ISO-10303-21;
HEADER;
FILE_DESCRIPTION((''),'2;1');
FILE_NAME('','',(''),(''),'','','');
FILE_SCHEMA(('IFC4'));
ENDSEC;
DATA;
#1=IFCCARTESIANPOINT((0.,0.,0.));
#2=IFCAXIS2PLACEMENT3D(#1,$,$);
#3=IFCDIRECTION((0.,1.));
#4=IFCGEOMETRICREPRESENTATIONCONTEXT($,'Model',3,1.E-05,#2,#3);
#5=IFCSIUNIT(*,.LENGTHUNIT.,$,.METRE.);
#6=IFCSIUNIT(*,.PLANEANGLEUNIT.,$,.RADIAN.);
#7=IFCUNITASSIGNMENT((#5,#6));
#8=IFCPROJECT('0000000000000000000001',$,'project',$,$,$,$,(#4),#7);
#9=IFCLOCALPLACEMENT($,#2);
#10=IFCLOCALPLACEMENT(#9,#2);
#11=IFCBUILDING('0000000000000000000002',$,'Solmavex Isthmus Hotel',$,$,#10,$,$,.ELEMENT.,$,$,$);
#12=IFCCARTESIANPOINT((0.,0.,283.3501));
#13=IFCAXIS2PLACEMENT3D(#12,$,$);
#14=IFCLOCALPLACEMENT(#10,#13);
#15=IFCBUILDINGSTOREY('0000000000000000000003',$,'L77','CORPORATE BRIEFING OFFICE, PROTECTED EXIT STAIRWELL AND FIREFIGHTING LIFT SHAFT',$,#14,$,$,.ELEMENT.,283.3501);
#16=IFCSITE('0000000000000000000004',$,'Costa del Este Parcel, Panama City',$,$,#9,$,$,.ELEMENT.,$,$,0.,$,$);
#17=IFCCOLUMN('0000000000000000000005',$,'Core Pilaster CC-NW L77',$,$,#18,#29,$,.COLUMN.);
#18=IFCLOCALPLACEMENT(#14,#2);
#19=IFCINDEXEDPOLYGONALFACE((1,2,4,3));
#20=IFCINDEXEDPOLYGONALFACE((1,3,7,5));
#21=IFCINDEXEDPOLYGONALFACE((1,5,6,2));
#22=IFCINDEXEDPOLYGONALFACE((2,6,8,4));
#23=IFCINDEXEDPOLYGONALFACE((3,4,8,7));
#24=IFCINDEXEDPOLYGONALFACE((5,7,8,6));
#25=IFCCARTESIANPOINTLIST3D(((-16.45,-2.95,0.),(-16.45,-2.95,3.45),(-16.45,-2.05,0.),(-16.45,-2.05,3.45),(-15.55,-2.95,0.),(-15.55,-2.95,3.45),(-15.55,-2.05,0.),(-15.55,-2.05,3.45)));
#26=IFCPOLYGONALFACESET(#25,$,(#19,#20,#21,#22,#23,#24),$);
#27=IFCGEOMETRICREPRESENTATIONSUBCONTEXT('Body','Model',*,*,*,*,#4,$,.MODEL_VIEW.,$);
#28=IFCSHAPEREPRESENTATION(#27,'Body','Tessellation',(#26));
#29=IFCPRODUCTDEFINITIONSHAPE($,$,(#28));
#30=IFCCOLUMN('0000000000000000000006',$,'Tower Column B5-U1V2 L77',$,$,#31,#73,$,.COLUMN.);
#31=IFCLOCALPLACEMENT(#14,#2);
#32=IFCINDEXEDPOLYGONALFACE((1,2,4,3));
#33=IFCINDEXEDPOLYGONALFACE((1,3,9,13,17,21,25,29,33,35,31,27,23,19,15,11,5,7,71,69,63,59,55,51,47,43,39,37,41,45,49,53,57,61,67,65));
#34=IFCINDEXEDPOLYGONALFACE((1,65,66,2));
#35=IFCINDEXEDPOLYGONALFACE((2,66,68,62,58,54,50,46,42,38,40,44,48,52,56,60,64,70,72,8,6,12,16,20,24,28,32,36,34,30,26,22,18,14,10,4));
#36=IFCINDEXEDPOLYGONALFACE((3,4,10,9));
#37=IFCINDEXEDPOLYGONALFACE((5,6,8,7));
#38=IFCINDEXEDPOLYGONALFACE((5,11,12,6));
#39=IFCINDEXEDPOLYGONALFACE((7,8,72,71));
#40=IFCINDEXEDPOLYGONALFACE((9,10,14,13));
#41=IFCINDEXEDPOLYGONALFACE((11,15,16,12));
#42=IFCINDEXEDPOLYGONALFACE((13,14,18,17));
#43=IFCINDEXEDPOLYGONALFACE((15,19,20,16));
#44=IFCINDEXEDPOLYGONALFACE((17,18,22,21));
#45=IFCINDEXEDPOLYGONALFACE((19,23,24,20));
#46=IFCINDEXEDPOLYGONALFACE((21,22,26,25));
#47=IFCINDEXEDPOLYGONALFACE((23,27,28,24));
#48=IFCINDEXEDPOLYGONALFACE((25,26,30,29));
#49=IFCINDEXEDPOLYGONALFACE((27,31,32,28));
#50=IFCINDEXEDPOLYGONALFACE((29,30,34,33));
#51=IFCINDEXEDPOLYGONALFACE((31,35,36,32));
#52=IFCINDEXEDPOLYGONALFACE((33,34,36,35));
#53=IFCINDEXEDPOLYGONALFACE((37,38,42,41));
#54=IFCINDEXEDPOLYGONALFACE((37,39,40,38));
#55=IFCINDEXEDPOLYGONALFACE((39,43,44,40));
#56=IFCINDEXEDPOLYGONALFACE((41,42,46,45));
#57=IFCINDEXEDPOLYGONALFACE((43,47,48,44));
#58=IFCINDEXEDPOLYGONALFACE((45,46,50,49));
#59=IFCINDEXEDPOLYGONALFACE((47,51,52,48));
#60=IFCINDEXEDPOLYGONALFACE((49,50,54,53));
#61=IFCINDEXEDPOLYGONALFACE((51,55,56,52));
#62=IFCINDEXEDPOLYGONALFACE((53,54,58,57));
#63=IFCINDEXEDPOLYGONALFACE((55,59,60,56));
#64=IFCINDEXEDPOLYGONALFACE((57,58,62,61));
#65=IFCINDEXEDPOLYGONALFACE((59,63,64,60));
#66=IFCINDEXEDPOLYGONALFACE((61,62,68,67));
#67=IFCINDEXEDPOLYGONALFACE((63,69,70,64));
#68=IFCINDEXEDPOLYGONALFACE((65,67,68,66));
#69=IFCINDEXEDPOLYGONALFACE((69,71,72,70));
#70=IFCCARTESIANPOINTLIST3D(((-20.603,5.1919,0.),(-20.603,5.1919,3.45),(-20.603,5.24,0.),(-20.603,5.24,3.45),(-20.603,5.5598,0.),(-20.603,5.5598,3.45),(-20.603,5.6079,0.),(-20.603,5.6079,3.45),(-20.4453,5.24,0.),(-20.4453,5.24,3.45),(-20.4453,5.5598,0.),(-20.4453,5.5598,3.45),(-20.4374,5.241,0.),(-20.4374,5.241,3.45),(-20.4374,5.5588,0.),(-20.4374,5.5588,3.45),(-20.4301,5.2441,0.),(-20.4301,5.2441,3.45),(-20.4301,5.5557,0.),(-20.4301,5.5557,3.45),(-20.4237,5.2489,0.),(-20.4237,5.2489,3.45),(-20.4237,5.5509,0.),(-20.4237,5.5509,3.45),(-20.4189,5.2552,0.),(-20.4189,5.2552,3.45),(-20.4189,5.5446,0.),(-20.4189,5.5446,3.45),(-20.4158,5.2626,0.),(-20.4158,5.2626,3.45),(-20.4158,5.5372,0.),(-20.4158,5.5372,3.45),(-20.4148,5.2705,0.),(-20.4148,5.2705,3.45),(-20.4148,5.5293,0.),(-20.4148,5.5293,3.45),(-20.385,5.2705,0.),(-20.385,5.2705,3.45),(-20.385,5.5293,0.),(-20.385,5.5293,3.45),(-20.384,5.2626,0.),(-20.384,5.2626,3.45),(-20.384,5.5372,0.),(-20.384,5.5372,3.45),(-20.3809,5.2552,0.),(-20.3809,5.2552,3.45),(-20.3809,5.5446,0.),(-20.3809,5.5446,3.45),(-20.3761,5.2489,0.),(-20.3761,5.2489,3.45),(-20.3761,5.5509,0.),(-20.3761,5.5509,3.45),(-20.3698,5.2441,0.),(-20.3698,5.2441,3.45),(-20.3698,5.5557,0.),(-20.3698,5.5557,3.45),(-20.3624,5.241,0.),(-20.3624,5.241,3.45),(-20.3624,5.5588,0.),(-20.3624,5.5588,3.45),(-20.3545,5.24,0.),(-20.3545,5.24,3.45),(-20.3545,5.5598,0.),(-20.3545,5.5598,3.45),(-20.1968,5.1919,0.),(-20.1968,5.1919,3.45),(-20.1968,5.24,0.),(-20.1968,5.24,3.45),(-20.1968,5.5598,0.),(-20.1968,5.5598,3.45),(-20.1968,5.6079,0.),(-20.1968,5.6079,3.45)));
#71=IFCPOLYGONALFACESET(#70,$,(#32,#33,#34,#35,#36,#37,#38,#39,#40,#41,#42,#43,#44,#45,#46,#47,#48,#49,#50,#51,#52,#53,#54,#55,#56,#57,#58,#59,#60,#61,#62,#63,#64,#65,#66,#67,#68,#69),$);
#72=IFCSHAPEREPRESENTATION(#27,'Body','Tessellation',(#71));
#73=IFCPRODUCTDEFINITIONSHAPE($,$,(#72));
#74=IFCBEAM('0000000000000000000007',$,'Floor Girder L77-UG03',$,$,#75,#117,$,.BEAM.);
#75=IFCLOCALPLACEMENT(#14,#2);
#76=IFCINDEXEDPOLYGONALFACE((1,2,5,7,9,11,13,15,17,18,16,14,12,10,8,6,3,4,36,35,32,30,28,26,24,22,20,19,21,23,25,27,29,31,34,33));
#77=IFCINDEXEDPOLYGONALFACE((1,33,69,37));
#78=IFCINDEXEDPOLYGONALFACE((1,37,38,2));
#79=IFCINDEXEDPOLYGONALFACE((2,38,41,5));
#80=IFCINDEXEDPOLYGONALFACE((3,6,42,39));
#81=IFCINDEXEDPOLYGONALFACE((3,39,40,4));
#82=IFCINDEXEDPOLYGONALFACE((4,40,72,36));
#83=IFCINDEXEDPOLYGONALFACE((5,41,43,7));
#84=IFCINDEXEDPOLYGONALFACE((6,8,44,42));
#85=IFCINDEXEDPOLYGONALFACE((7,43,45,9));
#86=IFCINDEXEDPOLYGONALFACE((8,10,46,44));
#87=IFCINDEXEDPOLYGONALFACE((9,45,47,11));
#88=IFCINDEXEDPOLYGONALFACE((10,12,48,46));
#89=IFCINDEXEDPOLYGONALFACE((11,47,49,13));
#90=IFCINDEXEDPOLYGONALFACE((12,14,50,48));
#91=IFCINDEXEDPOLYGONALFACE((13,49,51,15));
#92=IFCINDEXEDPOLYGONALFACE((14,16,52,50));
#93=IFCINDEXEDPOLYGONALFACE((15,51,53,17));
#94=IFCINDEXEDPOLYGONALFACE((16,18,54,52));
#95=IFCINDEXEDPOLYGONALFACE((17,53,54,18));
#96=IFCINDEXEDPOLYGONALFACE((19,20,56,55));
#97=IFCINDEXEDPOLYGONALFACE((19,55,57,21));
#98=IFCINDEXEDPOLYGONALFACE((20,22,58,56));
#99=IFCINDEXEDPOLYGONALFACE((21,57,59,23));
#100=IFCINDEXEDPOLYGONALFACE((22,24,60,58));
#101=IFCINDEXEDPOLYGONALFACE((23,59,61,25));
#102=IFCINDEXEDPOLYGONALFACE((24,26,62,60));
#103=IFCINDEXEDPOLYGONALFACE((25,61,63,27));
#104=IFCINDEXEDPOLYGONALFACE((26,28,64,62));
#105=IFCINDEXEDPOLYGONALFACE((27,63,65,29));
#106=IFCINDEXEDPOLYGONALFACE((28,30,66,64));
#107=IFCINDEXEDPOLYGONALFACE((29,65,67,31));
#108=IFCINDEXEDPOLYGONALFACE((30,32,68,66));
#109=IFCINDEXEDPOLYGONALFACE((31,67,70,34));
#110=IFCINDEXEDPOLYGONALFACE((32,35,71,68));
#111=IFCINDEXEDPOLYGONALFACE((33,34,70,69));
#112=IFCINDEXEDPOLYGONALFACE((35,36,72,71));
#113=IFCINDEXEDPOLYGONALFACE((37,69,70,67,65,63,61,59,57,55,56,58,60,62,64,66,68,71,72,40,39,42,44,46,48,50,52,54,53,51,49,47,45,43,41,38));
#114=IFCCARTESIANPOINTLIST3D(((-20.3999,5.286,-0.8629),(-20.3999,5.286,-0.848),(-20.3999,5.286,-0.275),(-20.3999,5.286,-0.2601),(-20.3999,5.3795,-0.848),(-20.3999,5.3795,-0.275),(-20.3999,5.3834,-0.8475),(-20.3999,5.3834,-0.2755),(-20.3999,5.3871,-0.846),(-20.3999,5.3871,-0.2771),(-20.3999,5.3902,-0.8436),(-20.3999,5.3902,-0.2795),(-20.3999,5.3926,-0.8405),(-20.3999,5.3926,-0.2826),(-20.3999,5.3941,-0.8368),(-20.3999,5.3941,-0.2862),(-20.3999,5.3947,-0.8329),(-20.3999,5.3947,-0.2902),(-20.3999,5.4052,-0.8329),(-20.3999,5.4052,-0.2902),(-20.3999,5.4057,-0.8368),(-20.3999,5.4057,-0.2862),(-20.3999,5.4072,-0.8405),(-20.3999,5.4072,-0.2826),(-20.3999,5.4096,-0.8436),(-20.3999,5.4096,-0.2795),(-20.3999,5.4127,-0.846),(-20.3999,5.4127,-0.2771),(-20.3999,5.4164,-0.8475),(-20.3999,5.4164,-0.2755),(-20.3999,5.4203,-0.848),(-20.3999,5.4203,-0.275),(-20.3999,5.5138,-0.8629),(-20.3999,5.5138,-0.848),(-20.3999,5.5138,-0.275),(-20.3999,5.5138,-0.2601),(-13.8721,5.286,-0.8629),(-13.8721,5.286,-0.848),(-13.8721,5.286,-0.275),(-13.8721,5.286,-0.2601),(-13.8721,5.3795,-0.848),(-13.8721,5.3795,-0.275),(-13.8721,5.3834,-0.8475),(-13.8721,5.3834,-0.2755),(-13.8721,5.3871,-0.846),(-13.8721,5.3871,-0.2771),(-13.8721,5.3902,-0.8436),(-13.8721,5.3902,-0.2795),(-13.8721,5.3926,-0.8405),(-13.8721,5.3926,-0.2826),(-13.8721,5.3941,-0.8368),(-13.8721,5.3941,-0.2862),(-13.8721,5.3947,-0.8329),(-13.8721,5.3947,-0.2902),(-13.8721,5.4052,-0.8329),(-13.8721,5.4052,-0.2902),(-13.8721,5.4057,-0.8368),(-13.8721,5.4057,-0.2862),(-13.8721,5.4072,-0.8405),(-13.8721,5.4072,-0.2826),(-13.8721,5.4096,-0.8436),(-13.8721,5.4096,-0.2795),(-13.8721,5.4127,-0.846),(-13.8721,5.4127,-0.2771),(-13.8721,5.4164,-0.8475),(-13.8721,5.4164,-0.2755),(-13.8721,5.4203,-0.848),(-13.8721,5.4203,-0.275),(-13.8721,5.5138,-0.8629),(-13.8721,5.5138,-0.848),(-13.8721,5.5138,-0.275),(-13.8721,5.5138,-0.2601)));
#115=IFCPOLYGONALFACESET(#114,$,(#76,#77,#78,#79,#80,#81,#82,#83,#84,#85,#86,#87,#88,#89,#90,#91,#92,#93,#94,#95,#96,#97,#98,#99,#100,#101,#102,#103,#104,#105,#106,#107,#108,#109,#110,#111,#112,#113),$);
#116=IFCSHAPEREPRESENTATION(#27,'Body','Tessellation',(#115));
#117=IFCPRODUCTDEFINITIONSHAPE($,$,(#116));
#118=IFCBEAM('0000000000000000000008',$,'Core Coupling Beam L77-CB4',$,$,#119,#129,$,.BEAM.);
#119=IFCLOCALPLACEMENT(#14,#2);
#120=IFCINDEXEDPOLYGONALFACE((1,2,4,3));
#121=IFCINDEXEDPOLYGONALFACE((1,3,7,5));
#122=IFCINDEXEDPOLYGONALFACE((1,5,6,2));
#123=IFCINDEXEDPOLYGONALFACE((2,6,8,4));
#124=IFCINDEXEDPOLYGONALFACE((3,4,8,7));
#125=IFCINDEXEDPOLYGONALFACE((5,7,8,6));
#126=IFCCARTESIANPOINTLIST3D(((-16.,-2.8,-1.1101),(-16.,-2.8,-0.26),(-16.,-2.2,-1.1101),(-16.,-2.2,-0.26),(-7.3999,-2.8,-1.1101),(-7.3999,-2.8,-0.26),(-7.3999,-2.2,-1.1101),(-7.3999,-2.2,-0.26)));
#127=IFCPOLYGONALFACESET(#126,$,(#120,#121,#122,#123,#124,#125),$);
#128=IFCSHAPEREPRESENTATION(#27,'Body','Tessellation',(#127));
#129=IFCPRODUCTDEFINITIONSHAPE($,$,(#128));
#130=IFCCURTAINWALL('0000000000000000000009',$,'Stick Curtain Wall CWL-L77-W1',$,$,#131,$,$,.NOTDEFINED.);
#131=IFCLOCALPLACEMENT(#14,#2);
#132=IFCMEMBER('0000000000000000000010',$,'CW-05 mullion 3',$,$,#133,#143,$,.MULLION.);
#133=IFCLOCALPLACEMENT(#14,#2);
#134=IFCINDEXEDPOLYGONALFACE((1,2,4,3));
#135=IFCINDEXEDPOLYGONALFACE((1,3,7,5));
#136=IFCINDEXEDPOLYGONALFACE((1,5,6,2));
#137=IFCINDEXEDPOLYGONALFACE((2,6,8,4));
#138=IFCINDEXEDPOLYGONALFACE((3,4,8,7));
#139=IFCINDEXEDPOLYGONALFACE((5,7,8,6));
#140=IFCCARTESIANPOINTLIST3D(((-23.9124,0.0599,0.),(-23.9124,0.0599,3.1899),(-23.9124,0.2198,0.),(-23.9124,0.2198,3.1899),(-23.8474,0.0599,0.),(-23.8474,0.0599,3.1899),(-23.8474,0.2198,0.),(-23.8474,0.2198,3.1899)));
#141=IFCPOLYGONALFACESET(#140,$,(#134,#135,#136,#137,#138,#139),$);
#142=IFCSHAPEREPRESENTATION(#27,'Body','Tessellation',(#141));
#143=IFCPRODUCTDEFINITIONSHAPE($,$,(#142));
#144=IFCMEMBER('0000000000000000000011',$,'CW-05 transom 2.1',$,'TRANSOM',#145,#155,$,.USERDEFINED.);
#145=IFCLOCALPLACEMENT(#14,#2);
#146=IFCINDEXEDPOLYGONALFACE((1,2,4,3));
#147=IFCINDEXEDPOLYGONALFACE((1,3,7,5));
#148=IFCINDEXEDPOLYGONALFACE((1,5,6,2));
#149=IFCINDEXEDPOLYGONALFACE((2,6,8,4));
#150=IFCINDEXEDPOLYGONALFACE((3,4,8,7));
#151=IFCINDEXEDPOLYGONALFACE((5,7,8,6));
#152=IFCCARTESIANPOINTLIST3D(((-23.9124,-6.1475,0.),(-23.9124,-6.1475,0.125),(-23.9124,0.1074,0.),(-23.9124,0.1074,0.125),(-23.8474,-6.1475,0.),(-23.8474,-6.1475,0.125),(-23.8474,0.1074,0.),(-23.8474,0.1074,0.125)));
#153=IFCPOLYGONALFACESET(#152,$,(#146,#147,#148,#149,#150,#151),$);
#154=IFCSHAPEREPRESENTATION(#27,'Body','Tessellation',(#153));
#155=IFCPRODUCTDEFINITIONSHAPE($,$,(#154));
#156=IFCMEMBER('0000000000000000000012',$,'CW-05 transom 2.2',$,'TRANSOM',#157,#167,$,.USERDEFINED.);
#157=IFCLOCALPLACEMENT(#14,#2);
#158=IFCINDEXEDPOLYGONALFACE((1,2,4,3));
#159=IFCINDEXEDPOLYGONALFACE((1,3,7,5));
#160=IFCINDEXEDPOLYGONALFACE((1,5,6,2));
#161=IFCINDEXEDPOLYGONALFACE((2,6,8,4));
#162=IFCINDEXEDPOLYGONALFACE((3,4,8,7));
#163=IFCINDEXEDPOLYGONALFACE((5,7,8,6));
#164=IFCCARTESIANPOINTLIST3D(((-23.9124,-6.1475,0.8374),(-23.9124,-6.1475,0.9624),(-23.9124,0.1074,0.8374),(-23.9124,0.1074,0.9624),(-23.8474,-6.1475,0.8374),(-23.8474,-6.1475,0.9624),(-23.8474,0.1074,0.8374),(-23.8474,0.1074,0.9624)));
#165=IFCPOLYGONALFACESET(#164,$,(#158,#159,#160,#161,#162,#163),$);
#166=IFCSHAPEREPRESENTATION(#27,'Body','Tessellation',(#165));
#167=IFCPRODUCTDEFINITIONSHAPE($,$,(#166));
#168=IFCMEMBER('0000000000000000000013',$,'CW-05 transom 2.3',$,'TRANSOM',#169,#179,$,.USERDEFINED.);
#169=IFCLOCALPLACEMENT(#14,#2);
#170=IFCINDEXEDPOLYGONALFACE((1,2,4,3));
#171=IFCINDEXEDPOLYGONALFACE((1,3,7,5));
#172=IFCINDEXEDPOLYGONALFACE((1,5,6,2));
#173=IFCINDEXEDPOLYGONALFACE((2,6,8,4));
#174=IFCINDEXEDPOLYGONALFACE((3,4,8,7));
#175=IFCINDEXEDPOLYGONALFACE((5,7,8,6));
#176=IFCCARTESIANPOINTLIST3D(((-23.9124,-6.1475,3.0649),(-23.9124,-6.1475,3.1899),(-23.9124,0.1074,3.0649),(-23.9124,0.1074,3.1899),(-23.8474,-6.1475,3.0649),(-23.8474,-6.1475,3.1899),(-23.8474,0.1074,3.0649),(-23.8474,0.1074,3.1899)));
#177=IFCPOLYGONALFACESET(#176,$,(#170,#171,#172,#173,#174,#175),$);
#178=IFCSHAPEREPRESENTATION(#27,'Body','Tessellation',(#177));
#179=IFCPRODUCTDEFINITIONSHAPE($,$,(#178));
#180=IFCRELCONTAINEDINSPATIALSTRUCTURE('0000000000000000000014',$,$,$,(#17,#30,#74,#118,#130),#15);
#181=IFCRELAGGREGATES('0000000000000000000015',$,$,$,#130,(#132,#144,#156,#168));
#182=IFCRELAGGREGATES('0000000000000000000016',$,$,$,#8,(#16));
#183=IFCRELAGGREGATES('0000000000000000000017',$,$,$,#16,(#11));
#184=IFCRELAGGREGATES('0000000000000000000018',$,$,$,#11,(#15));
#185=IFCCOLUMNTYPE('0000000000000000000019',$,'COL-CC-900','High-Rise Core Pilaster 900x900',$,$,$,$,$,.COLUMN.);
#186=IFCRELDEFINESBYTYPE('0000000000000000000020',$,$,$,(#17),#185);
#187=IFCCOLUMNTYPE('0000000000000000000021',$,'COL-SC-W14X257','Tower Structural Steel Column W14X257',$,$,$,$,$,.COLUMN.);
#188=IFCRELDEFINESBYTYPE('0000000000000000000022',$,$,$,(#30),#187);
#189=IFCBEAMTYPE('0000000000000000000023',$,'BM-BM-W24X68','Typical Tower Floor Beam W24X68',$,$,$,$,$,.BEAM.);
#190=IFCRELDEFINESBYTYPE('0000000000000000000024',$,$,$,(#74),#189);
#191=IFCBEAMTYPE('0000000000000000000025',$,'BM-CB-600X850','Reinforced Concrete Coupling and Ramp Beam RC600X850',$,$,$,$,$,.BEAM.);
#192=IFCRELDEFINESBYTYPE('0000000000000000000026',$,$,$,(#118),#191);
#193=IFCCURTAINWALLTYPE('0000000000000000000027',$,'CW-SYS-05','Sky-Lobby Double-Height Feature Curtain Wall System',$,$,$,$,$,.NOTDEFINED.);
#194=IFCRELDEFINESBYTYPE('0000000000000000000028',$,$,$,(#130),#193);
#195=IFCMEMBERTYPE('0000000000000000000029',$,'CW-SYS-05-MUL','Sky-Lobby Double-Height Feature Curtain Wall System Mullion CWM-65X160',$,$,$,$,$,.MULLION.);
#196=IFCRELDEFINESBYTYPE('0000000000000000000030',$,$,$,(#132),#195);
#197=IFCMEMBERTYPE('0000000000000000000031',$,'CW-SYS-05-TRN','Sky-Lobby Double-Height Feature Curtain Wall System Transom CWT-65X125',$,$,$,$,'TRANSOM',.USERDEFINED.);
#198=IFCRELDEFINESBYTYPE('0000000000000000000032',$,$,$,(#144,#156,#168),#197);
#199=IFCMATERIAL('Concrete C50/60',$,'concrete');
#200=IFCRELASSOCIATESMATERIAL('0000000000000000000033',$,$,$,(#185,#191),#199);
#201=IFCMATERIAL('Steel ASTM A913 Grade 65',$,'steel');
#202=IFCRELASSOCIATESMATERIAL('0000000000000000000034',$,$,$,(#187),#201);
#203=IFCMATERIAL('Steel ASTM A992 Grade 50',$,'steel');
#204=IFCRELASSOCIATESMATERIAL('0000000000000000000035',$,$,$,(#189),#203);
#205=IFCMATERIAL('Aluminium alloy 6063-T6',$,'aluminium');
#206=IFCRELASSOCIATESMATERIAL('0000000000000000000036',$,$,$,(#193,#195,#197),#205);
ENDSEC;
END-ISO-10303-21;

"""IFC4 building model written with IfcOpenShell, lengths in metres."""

from ifc_helpers import new_model, si_unit, direction, frame, origin, origin_2d, place, context, subcontext, project, spatial, rectangle, i_section, extrude, material, material_profile, profile_set, type_object, element, aggregate, save


model = new_model("IFC4")

# Units and contexts
model_context = context("Model", 3, precision=1e-05, world=origin(), true_north=direction((0.0, 1.0)))
body_context = subcontext(model_context, "Body", "Model", "MODEL_VIEW")
ifc_project = project(units=[si_unit("LENGTHUNIT", "METRE"), si_unit("PLANEANGLEUNIT", "RADIAN")], contexts=[model_context])

# Site, building, storey
site_placement = place(None, origin())
site = spatial("IfcSite", under=ifc_project, at=site_placement, Name="Costa del Este Parcel, Panama City", CompositionType="ELEMENT", RefElevation=0.0)
building_placement = place(site_placement, origin())
building = spatial("IfcBuilding", under=site, at=building_placement, Name="Solmavex Isthmus Hotel", CompositionType="ELEMENT")
storey_placement = place(building_placement, frame((0.0, 0.0, 283.3501)))
storey = spatial("IfcBuildingStorey", under=building, at=storey_placement, Name="L77", Description="CORPORATE BRIEFING OFFICE, PROTECTED EXIT STAIRWELL AND FIREFIGHTING LIFT SHAFT", CompositionType="ELEMENT", Elevation=283.3501)

# Columns
ifc_material_1 = material(Name="Concrete C50/60", Category="concrete")
ifc_material_profile_1 = material_profile(ifc_material_1, rectangle(XDim=0.8999, YDim=0.8999, at=origin_2d()), Name="RC900X900")
ifc_profile_set_1 = profile_set([ifc_material_profile_1], Name="Concrete C50/60")
column_type_1 = type_object("IfcColumnType", Name="COL-CC-900", Description="High-Rise Core Pilaster 900x900", PredefinedType="COLUMN", material=ifc_profile_set_1)
column_1_placement = place(storey_placement, frame((-16.0, -2.5, 0.0), z_axis=(0.0, 0.0, 1.0), x_axis=(1.0, 0.0, 0.0)))
element("IfcColumn", 1, at=column_1_placement, inside=storey, type_object=column_type_1, Name="Core Pilaster CC-NW L77", PredefinedType="COLUMN", context=body_context, shape_type="SweptSolid", body=[
    extrude(rectangle(XDim=0.8999, YDim=0.8999, at=origin_2d()), origin(), (0.0, 0.0, 1.0), 3.45),
])
ifc_material_2 = material(Name="Steel ASTM A913 Grade 65", Category="steel")
ifc_material_profile_2 = material_profile(ifc_material_2, i_section(OverallWidth=0.4062, OverallDepth=0.416, WebThickness=0.0298, FlangeThickness=0.0481, FilletRadius=0.0305, at=origin_2d()), Name="W14X257")
ifc_profile_set_2 = profile_set([ifc_material_profile_2], Name="Steel ASTM A913 Grade 65")
column_type_2 = type_object("IfcColumnType", Name="COL-SC-W14X257", Description="Tower Structural Steel Column W14X257", PredefinedType="COLUMN", material=ifc_profile_set_2)
column_2_placement = place(storey_placement, frame((-20.3999, 5.3999, 0.0), z_axis=(0.0, 0.0, 1.0), x_axis=(1.0, 0.0, 0.0)))
element("IfcColumn", 2, at=column_2_placement, inside=storey, type_object=column_type_2, Name="Tower Column B5-U1V2 L77", PredefinedType="COLUMN", context=body_context, shape_type="SweptSolid", body=[
    extrude(i_section(OverallWidth=0.4062, OverallDepth=0.416, WebThickness=0.0298, FlangeThickness=0.0481, FilletRadius=0.0305, at=origin_2d()), origin(), (0.0, 0.0, 1.0), 3.45),
])

# Beams
ifc_material_3 = material(Name="Steel ASTM A992 Grade 50", Category="steel")
ifc_material_profile_3 = material_profile(ifc_material_3, i_section(OverallWidth=0.2278, OverallDepth=0.6028, WebThickness=0.0105, FlangeThickness=0.0149, FilletRadius=0.0151, at=origin_2d()), Name="W24X68")
ifc_profile_set_3 = profile_set([ifc_material_profile_3], Name="Steel ASTM A992 Grade 50")
beam_type_1 = type_object("IfcBeamType", Name="BM-BM-W24X68", Description="Typical Tower Floor Beam W24X68", PredefinedType="BEAM", material=ifc_profile_set_3)
beam_1_placement = place(storey_placement, frame((-20.3999, 5.3999, -0.5615), z_axis=(1.0, 0.0, 0.0), x_axis=(0.0, 1.0, 0.0)))
element("IfcBeam", 3, at=beam_1_placement, inside=storey, type_object=beam_type_1, Name="Floor Girder L77-UG03", PredefinedType="BEAM", context=body_context, shape_type="SweptSolid", body=[
    extrude(i_section(OverallWidth=0.2278, OverallDepth=0.6028, WebThickness=0.0105, FlangeThickness=0.0149, FilletRadius=0.0151, at=origin_2d()), origin(), (0.0, 0.0, 1.0), 6.5278),
])
ifc_material_profile_4 = material_profile(ifc_material_1, rectangle(XDim=0.6001, YDim=0.8501, at=origin_2d()), Name="RC600X850")
ifc_profile_set_4 = profile_set([ifc_material_profile_4], Name="Concrete C50/60")
beam_type_2 = type_object("IfcBeamType", Name="BM-CB-600X850", Description="Reinforced Concrete Coupling and Ramp Beam RC600X850", PredefinedType="BEAM", material=ifc_profile_set_4)
beam_2_placement = place(storey_placement, frame((-16.0, -2.5, -0.6851), z_axis=(1.0, 0.0, 0.0), x_axis=(0.0, 1.0, 0.0)))
element("IfcBeam", 4, at=beam_2_placement, inside=storey, type_object=beam_type_2, Name="Core Coupling Beam L77-CB4", PredefinedType="BEAM", context=body_context, shape_type="SweptSolid", body=[
    extrude(rectangle(XDim=0.6001, YDim=0.8501, at=origin_2d()), origin(), (0.0, 0.0, 1.0), 8.6001),
])

# Curtain wall, members
ifc_material_4 = material(Name="Aluminium alloy 6063-T6", Category="aluminium")
curtain_wall_type = type_object("IfcCurtainWallType", Name="CW-SYS-05", Description="Sky-Lobby Double-Height Feature Curtain Wall System", PredefinedType="NOTDEFINED", material=ifc_material_4)
curtain_wall_placement = place(storey_placement, origin())
curtain_wall = element("IfcCurtainWall", 5, at=curtain_wall_placement, inside=storey, type_object=curtain_wall_type, Name="Stick Curtain Wall CWL-L77-W1", PredefinedType="NOTDEFINED")
ifc_material_profile_5 = material_profile(ifc_material_4, rectangle(XDim=0.0649, YDim=0.1599, at=origin_2d()), Name="CWM-65X160")
ifc_profile_set_5 = profile_set([ifc_material_profile_5], Name="Aluminium alloy 6063-T6")
member_type_1 = type_object("IfcMemberType", Name="CW-SYS-05-MUL", Description="Sky-Lobby Double-Height Feature Curtain Wall System Mullion CWM-65X160", PredefinedType="MULLION", material=ifc_profile_set_5)
member_1_placement = place(storey_placement, frame((-23.8799, 0.1399, 0.0), z_axis=(0.0, 0.0, 1.0), x_axis=(-1.0, 0.0, 0.0)))
member_1 = element("IfcMember", 6, at=member_1_placement, type_object=member_type_1, Name="CW-05 mullion 3", PredefinedType="MULLION", context=body_context, shape_type="SweptSolid", body=[
    extrude(rectangle(XDim=0.0649, YDim=0.1599, at=origin_2d()), origin(), (0.0, 0.0, 1.0), 3.1899),
])
ifc_material_profile_6 = material_profile(ifc_material_4, rectangle(XDim=0.0649, YDim=0.125, at=origin_2d()), Name="CWT-65X125")
ifc_profile_set_6 = profile_set([ifc_material_profile_6], Name="Aluminium alloy 6063-T6")
member_type_2 = type_object("IfcMemberType", Name="CW-SYS-05-TRN", Description="Sky-Lobby Double-Height Feature Curtain Wall System Transom CWT-65X125", ElementType="TRANSOM", PredefinedType="USERDEFINED", material=ifc_profile_set_6)
member_2_placement = place(storey_placement, frame((-23.8799, -6.1475, 0.0625), z_axis=(0.0, 1.0, 0.0), x_axis=(-1.0, 0.0, 0.0)))
member_2 = element("IfcMember", 7, at=member_2_placement, type_object=member_type_2, Name="CW-05 transom 2.1", ObjectType="TRANSOM", PredefinedType="USERDEFINED", context=body_context, shape_type="SweptSolid", body=[
    extrude(rectangle(XDim=0.0649, YDim=0.125, at=origin_2d()), origin(), (0.0, 0.0, 1.0), 6.2549),
])
member_3_placement = place(storey_placement, frame((-23.8799, -6.1475, 0.8999), z_axis=(0.0, 1.0, 0.0), x_axis=(-1.0, 0.0, 0.0)))
member_3 = element("IfcMember", 8, at=member_3_placement, type_object=member_type_2, Name="CW-05 transom 2.2", ObjectType="TRANSOM", PredefinedType="USERDEFINED", context=body_context, shape_type="SweptSolid", body=[
    extrude(rectangle(XDim=0.0649, YDim=0.125, at=origin_2d()), origin(), (0.0, 0.0, 1.0), 6.2549),
])
member_4_placement = place(storey_placement, frame((-23.8799, -6.1475, 3.1274), z_axis=(0.0, 1.0, 0.0), x_axis=(-1.0, 0.0, 0.0)))
member_4 = element("IfcMember", 9, at=member_4_placement, type_object=member_type_2, Name="CW-05 transom 2.3", ObjectType="TRANSOM", PredefinedType="USERDEFINED", context=body_context, shape_type="SweptSolid", body=[
    extrude(rectangle(XDim=0.0649, YDim=0.125, at=origin_2d()), origin(), (0.0, 0.0, 1.0), 6.2549),
])
aggregate(curtain_wall, [member_1, member_2, member_3, member_4])

save(model, "model.ifc")
